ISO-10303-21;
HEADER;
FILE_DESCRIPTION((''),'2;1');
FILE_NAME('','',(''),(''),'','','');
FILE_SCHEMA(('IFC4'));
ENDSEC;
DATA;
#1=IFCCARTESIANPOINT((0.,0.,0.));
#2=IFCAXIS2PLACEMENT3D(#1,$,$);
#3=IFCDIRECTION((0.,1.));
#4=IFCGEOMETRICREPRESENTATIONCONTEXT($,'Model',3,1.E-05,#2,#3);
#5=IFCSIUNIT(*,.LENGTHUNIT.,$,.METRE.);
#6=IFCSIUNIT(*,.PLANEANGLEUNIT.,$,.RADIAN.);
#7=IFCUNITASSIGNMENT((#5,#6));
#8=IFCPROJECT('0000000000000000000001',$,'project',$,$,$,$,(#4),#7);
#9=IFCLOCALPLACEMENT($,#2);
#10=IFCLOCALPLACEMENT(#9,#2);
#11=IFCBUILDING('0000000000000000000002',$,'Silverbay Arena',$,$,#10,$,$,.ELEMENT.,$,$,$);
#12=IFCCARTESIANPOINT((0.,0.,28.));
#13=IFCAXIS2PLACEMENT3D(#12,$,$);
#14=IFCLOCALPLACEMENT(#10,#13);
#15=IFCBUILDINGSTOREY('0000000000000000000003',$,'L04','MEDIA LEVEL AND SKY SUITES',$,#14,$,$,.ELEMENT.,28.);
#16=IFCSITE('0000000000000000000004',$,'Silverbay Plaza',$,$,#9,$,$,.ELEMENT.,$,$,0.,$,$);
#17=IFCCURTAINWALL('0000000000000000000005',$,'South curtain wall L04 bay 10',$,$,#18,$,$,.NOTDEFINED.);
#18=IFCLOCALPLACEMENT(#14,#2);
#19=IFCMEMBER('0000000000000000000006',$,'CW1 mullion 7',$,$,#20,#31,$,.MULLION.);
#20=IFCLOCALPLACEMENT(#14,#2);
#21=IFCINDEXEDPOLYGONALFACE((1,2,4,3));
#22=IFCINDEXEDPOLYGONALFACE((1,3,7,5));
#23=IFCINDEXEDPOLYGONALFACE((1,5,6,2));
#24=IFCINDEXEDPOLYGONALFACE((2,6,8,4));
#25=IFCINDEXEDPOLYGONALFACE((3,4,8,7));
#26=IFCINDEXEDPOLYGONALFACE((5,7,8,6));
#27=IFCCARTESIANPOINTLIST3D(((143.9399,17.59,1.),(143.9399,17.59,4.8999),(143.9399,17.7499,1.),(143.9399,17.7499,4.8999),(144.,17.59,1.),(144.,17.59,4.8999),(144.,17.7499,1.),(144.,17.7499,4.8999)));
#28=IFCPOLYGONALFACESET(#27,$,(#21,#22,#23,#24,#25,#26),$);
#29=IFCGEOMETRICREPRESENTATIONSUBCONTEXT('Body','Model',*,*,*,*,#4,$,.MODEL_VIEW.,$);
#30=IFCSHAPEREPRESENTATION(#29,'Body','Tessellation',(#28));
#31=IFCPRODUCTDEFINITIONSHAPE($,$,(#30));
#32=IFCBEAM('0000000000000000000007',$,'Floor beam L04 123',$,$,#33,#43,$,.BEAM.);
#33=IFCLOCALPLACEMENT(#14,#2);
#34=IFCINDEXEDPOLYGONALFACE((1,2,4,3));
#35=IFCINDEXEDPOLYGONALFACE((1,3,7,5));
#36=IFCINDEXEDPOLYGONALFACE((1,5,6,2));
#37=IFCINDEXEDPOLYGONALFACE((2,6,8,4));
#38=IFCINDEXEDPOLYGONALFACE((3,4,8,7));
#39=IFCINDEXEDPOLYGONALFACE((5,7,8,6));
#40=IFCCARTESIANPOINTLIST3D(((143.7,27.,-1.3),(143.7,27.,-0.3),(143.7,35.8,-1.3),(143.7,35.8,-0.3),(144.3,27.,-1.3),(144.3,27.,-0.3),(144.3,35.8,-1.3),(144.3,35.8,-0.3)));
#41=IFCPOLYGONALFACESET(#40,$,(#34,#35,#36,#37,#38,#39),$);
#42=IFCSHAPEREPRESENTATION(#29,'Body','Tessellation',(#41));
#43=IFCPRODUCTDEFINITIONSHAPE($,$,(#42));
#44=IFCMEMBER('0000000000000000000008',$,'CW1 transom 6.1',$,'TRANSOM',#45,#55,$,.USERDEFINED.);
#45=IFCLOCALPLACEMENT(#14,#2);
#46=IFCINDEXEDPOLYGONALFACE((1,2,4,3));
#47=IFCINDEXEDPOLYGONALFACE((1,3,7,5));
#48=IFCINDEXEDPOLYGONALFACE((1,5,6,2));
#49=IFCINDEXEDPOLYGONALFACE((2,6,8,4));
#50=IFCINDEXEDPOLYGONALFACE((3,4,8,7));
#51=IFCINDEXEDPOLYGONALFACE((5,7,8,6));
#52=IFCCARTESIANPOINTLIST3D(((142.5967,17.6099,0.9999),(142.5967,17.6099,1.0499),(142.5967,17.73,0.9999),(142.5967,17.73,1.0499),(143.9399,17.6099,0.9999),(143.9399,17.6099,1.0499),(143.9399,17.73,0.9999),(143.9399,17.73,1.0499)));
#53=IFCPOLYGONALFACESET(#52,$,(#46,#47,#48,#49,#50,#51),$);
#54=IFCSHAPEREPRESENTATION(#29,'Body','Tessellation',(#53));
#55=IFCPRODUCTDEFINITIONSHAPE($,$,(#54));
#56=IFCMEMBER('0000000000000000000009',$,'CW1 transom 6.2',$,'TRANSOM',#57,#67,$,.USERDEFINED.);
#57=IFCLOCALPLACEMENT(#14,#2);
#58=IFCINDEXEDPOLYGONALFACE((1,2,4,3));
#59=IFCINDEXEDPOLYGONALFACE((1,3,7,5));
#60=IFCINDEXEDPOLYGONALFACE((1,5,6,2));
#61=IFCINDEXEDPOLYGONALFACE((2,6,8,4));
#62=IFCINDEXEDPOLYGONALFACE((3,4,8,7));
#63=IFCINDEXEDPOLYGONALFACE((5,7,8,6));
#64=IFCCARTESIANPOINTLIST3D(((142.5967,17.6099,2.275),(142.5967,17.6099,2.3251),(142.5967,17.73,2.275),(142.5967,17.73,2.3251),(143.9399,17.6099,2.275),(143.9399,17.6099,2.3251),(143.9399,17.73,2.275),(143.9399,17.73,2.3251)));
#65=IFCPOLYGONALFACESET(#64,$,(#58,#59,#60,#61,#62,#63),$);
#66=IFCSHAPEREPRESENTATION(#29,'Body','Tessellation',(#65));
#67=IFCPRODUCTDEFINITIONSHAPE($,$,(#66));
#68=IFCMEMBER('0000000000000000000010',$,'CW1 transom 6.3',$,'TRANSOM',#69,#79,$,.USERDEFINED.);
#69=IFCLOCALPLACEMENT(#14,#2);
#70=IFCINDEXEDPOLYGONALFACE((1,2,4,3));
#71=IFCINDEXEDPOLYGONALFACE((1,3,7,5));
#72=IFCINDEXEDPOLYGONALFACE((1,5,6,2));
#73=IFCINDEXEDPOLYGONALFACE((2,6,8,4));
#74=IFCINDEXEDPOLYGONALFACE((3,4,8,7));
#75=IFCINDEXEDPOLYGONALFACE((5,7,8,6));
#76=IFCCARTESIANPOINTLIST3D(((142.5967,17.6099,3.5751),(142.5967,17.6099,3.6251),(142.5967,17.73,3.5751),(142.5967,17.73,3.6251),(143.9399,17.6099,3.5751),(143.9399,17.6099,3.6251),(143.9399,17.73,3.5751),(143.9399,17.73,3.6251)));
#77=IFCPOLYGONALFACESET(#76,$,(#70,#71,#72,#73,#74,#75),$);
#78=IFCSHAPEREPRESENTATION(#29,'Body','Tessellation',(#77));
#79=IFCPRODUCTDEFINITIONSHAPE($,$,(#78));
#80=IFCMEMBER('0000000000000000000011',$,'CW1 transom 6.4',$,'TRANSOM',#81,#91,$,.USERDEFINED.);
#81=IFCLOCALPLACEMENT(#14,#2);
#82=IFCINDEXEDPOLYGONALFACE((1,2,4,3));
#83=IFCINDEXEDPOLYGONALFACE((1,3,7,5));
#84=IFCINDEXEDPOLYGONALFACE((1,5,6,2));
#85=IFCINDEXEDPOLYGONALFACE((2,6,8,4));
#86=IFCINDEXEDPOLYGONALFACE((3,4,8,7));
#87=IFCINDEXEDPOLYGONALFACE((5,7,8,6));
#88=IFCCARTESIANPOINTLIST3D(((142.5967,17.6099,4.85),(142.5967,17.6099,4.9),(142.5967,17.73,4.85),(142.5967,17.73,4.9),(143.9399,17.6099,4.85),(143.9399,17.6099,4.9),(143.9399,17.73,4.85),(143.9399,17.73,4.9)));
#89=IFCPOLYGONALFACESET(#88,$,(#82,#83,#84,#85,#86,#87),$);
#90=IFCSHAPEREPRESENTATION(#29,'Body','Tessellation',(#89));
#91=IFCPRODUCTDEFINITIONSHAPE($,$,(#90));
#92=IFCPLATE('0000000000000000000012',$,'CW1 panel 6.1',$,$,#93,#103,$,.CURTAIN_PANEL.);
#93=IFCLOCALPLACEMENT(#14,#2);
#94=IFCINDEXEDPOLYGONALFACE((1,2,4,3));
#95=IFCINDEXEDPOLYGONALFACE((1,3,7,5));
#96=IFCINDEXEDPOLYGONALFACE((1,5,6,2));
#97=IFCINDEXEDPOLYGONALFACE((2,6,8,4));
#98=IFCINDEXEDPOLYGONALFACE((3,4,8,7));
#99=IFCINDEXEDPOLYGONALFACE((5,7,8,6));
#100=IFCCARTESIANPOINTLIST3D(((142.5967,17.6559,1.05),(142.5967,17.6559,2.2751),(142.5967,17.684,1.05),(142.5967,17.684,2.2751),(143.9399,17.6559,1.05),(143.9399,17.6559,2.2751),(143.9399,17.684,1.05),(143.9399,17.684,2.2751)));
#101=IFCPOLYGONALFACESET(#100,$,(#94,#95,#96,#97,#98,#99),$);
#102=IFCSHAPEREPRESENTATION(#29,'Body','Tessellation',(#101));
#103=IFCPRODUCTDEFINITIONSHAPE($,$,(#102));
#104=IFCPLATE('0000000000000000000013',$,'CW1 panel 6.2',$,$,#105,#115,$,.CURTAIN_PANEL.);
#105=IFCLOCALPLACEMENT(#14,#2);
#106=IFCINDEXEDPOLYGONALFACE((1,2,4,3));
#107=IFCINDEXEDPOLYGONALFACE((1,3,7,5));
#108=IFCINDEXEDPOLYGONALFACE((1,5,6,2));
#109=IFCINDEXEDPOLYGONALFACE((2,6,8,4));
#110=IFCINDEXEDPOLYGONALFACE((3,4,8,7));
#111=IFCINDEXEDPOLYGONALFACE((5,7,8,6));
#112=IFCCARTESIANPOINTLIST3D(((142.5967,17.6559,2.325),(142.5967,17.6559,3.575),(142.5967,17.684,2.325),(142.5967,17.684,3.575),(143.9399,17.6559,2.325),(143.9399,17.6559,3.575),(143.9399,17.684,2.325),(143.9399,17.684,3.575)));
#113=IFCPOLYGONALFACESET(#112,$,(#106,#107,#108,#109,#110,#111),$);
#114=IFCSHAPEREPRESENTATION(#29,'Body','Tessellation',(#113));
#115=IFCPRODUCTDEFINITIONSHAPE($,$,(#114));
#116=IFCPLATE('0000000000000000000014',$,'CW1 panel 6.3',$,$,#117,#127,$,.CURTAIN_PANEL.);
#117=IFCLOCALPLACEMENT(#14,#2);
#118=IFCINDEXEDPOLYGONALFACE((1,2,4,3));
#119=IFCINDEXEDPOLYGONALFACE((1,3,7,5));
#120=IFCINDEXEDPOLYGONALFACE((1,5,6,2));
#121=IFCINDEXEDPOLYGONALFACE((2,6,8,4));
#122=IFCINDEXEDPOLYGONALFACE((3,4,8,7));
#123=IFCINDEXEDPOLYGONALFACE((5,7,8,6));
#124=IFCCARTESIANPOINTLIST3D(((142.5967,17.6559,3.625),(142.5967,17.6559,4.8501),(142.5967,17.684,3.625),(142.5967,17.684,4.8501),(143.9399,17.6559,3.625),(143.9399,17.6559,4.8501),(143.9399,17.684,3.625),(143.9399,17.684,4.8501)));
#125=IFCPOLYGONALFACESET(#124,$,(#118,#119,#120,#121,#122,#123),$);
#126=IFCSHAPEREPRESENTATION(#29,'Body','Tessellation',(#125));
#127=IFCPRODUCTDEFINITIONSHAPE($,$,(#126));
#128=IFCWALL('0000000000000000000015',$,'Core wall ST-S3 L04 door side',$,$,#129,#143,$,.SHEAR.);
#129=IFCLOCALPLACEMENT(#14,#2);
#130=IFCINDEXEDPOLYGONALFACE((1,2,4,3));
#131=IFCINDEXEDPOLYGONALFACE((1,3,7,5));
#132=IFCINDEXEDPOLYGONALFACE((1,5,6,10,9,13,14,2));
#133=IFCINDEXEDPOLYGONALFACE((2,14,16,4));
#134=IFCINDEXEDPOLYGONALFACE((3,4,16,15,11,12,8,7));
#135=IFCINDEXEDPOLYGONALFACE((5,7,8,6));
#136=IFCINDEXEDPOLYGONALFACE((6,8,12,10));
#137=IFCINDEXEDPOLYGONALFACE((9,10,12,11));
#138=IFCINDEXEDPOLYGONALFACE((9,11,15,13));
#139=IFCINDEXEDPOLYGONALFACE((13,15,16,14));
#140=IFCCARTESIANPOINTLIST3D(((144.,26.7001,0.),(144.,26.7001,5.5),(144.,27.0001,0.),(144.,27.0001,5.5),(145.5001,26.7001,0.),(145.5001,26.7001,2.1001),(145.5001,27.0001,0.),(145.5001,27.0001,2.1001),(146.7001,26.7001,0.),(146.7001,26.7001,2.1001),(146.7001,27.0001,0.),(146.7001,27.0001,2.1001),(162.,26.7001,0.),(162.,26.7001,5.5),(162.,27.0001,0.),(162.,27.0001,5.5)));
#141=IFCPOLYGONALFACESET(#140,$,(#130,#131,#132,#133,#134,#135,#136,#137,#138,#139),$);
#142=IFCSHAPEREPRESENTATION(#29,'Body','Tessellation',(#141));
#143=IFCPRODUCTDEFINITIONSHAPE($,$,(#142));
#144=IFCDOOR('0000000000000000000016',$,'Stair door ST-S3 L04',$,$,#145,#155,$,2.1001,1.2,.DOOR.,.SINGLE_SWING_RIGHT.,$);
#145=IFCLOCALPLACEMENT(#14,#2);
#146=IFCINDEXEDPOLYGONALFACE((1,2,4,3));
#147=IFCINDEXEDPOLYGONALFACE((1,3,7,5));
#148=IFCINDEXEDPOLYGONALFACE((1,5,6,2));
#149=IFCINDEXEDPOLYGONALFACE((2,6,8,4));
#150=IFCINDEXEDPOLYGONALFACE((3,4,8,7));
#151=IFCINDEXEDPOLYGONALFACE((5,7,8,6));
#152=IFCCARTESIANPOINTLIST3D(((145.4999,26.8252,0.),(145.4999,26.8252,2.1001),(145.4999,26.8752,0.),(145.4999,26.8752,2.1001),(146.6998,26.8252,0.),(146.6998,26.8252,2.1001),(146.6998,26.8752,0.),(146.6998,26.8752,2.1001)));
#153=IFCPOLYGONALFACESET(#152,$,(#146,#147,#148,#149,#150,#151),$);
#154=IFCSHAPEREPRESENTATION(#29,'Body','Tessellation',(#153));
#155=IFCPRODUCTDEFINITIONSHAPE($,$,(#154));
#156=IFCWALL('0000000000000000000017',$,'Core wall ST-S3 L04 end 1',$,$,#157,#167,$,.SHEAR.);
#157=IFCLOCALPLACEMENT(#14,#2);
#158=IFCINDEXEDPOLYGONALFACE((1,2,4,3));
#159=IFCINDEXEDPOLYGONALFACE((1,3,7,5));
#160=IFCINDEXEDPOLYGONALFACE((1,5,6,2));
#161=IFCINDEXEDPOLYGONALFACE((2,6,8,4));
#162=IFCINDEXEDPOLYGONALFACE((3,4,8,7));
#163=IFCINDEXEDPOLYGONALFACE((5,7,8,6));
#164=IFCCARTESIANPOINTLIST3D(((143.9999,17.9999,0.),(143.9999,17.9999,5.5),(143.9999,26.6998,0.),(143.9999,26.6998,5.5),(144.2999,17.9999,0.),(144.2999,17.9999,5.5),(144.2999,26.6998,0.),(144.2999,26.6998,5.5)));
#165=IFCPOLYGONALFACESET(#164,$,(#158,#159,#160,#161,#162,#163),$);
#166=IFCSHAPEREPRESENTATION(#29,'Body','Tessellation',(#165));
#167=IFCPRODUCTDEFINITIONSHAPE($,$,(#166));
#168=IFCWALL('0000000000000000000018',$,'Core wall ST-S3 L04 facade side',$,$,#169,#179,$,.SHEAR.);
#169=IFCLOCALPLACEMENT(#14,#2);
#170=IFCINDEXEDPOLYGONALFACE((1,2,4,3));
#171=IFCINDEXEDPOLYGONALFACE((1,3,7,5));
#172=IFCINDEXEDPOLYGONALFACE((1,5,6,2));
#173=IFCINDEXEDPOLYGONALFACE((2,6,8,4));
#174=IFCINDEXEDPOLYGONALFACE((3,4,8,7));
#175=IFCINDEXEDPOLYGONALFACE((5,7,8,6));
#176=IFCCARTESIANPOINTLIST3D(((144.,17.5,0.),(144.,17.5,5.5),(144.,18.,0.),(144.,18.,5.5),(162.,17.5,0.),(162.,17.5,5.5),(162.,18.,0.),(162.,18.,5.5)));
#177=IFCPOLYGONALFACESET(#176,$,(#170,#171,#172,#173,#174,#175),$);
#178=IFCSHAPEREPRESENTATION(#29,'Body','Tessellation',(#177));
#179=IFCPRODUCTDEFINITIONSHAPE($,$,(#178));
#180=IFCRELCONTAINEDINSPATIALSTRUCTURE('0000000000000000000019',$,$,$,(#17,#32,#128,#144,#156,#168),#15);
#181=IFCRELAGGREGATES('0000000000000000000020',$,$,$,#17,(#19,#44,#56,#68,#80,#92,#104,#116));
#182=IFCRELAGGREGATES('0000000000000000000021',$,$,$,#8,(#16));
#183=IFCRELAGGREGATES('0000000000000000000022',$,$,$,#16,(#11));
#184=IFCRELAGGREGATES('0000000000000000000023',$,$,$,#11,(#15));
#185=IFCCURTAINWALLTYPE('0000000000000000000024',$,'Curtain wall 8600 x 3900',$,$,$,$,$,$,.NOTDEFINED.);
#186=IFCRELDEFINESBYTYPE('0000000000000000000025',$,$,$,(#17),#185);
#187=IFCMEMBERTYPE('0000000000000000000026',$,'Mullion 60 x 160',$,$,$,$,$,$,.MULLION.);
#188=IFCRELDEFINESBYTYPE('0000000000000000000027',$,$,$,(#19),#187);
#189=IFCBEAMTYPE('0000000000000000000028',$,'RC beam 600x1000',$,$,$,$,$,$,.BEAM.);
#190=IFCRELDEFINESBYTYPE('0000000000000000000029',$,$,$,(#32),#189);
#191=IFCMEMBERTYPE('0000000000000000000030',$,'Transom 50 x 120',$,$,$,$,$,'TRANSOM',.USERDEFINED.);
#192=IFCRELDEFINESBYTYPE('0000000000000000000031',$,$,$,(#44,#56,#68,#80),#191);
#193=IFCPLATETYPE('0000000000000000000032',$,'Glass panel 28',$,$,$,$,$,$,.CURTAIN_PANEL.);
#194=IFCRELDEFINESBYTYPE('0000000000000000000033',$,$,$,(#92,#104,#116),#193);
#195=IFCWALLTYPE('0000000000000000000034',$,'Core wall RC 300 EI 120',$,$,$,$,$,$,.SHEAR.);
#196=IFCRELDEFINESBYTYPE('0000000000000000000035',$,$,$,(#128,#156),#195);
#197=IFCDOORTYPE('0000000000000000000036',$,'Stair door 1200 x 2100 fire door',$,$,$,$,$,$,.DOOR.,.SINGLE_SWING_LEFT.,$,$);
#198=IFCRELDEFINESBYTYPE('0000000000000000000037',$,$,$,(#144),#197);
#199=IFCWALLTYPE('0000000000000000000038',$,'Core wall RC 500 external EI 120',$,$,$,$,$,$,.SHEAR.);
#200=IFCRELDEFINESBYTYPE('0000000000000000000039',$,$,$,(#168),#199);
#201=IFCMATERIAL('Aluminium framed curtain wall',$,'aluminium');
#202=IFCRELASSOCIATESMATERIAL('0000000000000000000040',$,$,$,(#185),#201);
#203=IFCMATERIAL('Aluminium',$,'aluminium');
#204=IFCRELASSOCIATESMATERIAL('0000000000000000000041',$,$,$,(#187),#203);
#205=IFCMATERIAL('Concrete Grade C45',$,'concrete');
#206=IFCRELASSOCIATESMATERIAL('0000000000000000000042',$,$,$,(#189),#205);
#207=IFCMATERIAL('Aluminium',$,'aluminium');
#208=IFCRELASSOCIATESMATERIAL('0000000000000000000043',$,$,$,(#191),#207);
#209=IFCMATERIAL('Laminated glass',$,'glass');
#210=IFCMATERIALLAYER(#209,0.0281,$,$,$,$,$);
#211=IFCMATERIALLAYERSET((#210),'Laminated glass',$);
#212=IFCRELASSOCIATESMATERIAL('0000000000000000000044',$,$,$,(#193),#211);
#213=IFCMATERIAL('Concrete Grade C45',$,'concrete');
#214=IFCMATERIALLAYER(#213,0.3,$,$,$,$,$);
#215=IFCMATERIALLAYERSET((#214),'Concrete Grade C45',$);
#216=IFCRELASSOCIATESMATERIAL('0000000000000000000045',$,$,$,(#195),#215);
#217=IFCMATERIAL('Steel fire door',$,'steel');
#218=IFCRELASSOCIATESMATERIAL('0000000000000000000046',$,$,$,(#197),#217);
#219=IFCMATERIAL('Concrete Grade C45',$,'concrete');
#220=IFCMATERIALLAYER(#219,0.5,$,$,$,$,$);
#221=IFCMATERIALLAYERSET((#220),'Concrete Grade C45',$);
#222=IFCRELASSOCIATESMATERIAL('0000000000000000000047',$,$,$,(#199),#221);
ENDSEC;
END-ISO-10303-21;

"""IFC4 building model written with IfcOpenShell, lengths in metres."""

from ifc_helpers import new_model, si_unit, direction, frame, frame_2d, origin, origin_2d, place, context, subcontext, project, spatial, rectangle, extrude, material, layer, layer_set, material_profile, profile_set, type_object, element, fill, aggregate, save


model = new_model("IFC4")

# Units and contexts
model_context = context("Model", 3, precision=1e-05, world=origin(), true_north=direction((0.0, 1.0)))
body_context = subcontext(model_context, "Body", "Model", "MODEL_VIEW")
ifc_project = project(units=[si_unit("LENGTHUNIT", "METRE"), si_unit("PLANEANGLEUNIT", "RADIAN")], contexts=[model_context])

# Site, building, storey
site_placement = place(None, origin())
site = spatial("IfcSite", under=ifc_project, at=site_placement, Name="Silverbay Plaza", CompositionType="ELEMENT", RefElevation=0.0)
building_placement = place(site_placement, origin())
building = spatial("IfcBuilding", under=site, at=building_placement, Name="Silverbay Arena", CompositionType="ELEMENT")
storey_placement = place(building_placement, frame((0.0, 0.0, 28.0)))
storey = spatial("IfcBuildingStorey", under=building, at=storey_placement, Name="L04", Description="MEDIA LEVEL AND SKY SUITES", CompositionType="ELEMENT", Elevation=28.0)

# Curtain wall, member
ifc_material_1 = material(Name="Aluminium framed curtain wall", Category="aluminium")
curtain_wall_type = type_object("IfcCurtainWallType", Name="Curtain wall 8600 x 3900", PredefinedType="NOTDEFINED", material=ifc_material_1)
curtain_wall_placement = place(storey_placement, origin())
curtain_wall = element("IfcCurtainWall", 1, at=curtain_wall_placement, inside=storey, type_object=curtain_wall_type, Name="South curtain wall L04 bay 10", PredefinedType="NOTDEFINED")
ifc_material_2 = material(Name="Aluminium", Category="aluminium")
ifc_material_profile_1 = material_profile(ifc_material_2, rectangle(XDim=0.1599, YDim=0.0601, at=origin_2d()), Name="Mullion 60 x 160")
ifc_profile_set_1 = profile_set([ifc_material_profile_1], Name="Aluminium")
member_type_1 = type_object("IfcMemberType", Name="Mullion 60 x 160", PredefinedType="MULLION", material=ifc_profile_set_1)
member_1_placement = place(storey_placement, frame((143.97, 17.6699, 1.0), z_axis=(0.0, 0.0, 1.0), x_axis=(0.0, 1.0, 0.0)))
member_1 = element("IfcMember", 2, at=member_1_placement, type_object=member_type_1, Name="CW1 mullion 7", PredefinedType="MULLION", context=body_context, shape_type="SweptSolid", body=[
    extrude(rectangle(XDim=0.1599, YDim=0.0601, at=origin_2d()), origin(), (0.0, 0.0, 1.0), 3.8999),
])

# Beam
ifc_material_3 = material(Name="Concrete Grade C45", Category="concrete")
ifc_material_profile_2 = material_profile(ifc_material_3, rectangle(XDim=0.6001, YDim=1.0, at=origin_2d()), Name="RC 600x1000")
ifc_profile_set_2 = profile_set([ifc_material_profile_2], Name="Concrete Grade C45")
beam_type = type_object("IfcBeamType", Name="RC beam 600x1000", PredefinedType="BEAM", material=ifc_profile_set_2)
beam_placement = place(storey_placement, frame((144.0, 27.0, -0.8), z_axis=(0.0, 1.0, 0.0), x_axis=(-1.0, 0.0, 0.0)))
element("IfcBeam", 3, at=beam_placement, inside=storey, type_object=beam_type, Name="Floor beam L04 123", PredefinedType="BEAM", context=body_context, shape_type="SweptSolid", body=[
    extrude(rectangle(XDim=0.6001, YDim=1.0, at=origin_2d()), origin(), (0.0, 0.0, 1.0), 8.8),
])

# Members
ifc_material_4 = material(Name="Aluminium", Category="aluminium")
ifc_material_profile_3 = material_profile(ifc_material_4, rectangle(XDim=0.1201, YDim=0.05, at=origin_2d()), Name="Transom 50 x 120")
ifc_profile_set_3 = profile_set([ifc_material_profile_3], Name="Aluminium")
member_type_2 = type_object("IfcMemberType", Name="Transom 50 x 120", ElementType="TRANSOM", PredefinedType="USERDEFINED", material=ifc_profile_set_3)
member_2_placement = place(storey_placement, frame((142.5967, 17.6699, 1.0249), z_axis=(1.0, 0.0, 0.0), x_axis=(0.0, 1.0, 0.0)))
member_2 = element("IfcMember", 4, at=member_2_placement, type_object=member_type_2, Name="CW1 transom 6.1", ObjectType="TRANSOM", PredefinedType="USERDEFINED", context=body_context, shape_type="SweptSolid", body=[
    extrude(rectangle(XDim=0.1201, YDim=0.05, at=origin_2d()), origin(), (0.0, 0.0, 1.0), 1.3433),
])
member_3_placement = place(storey_placement, frame((142.5967, 17.6699, 2.3), z_axis=(1.0, 0.0, 0.0), x_axis=(0.0, 1.0, 0.0)))
member_3 = element("IfcMember", 5, at=member_3_placement, type_object=member_type_2, Name="CW1 transom 6.2", ObjectType="TRANSOM", PredefinedType="USERDEFINED", context=body_context, shape_type="SweptSolid", body=[
    extrude(rectangle(XDim=0.1201, YDim=0.05, at=origin_2d()), origin(), (0.0, 0.0, 1.0), 1.3433),
])
member_4_placement = place(storey_placement, frame((142.5967, 17.6699, 3.6001), z_axis=(1.0, 0.0, 0.0), x_axis=(0.0, 1.0, 0.0)))
member_4 = element("IfcMember", 6, at=member_4_placement, type_object=member_type_2, Name="CW1 transom 6.3", ObjectType="TRANSOM", PredefinedType="USERDEFINED", context=body_context, shape_type="SweptSolid", body=[
    extrude(rectangle(XDim=0.1201, YDim=0.05, at=origin_2d()), origin(), (0.0, 0.0, 1.0), 1.3433),
])
member_5_placement = place(storey_placement, frame((142.5967, 17.6699, 4.875), z_axis=(1.0, 0.0, 0.0), x_axis=(0.0, 1.0, 0.0)))
member_5 = element("IfcMember", 7, at=member_5_placement, type_object=member_type_2, Name="CW1 transom 6.4", ObjectType="TRANSOM", PredefinedType="USERDEFINED", context=body_context, shape_type="SweptSolid", body=[
    extrude(rectangle(XDim=0.1201, YDim=0.05, at=origin_2d()), origin(), (0.0, 0.0, 1.0), 1.3433),
])

# Plates
ifc_material_5 = material(Name="Laminated glass", Category="glass")
ifc_layer_1 = layer(ifc_material_5, 0.0281)
ifc_layer_set_1 = layer_set([ifc_layer_1], Name="Laminated glass")
plate_type = type_object("IfcPlateType", Name="Glass panel 28", PredefinedType="CURTAIN_PANEL", material=ifc_layer_set_1)
plate_1_placement = place(storey_placement, frame((143.2683, 17.6699, 1.05), z_axis=(0.0, 0.0, 1.0), x_axis=(1.0, 0.0, 0.0)))
plate_1 = element("IfcPlate", 8, at=plate_1_placement, type_object=plate_type, Name="CW1 panel 6.1", PredefinedType="CURTAIN_PANEL", context=body_context, shape_type="SweptSolid", body=[
    extrude(rectangle(XDim=1.3433, YDim=0.0281, at=origin_2d()), origin(), (0.0, 0.0, 1.0), 1.2251),
])
plate_2_placement = place(storey_placement, frame((143.2683, 17.6699, 2.325), z_axis=(0.0, 0.0, 1.0), x_axis=(1.0, 0.0, 0.0)))
plate_2 = element("IfcPlate", 9, at=plate_2_placement, type_object=plate_type, Name="CW1 panel 6.2", PredefinedType="CURTAIN_PANEL", context=body_context, shape_type="SweptSolid", body=[
    extrude(rectangle(XDim=1.3433, YDim=0.0281, at=origin_2d()), origin(), (0.0, 0.0, 1.0), 1.25),
])
plate_3_placement = place(storey_placement, frame((143.2683, 17.6699, 3.625), z_axis=(0.0, 0.0, 1.0), x_axis=(1.0, 0.0, 0.0)))
plate_3 = element("IfcPlate", 10, at=plate_3_placement, type_object=plate_type, Name="CW1 panel 6.3", PredefinedType="CURTAIN_PANEL", context=body_context, shape_type="SweptSolid", body=[
    extrude(rectangle(XDim=1.3433, YDim=0.0281, at=origin_2d()), origin(), (0.0, 0.0, 1.0), 1.2251),
])
aggregate(curtain_wall, [member_1, member_2, member_3, member_4, member_5, plate_1, plate_2, plate_3])

# Wall, opening, door
ifc_material_6 = material(Name="Concrete Grade C45", Category="concrete")
ifc_layer_2 = layer(ifc_material_6, 0.3)
ifc_layer_set_2 = layer_set([ifc_layer_2], Name="Concrete Grade C45")
wall_type_1 = type_object("IfcWallType", Name="Core wall RC 300 EI 120", PredefinedType="SHEAR", material=ifc_layer_set_2)
wall_1_placement = place(storey_placement, frame((144.0, 26.8501, 0.0), z_axis=(0.0, 0.0, 1.0), x_axis=(1.0, 0.0, 0.0)))
wall_1 = element("IfcWall", 11, at=wall_1_placement, inside=storey, type_object=wall_type_1, Name="Core wall ST-S3 L04 door side", PredefinedType="SHEAR", context=body_context, shape_type="SweptSolid", body=[
    extrude(rectangle(XDim=18.0, YDim=0.3, at=frame_2d((9.0, 0.0))), origin(), (0.0, 0.0, 1.0), 5.5),
])
opening_placement = place(wall_1_placement, frame((1.5, 0.0, 0.0)))
opening = element("IfcOpeningElement", 12, at=opening_placement, cuts=wall_1, PredefinedType="OPENING", context=body_context, shape_type="SweptSolid", body=[
    extrude(rectangle(XDim=1.2, YDim=2.1001, at=frame_2d((0.6001, 1.05))), frame((0.0, 0.1602, 0.0), z_axis=(0.0, -1.0, 0.0), x_axis=(1.0, 0.0, 0.0)), (0.0, 0.0, 1.0), 0.3201),
])
ifc_material_7 = material(Name="Steel fire door", Category="steel")
door_type = type_object("IfcDoorType", Name="Stair door 1200 x 2100 fire door", OperationType="SINGLE_SWING_LEFT", PredefinedType="DOOR", material=ifc_material_7)
door_placement = place(opening_placement, frame((1.2, 0.0, 0.0), z_axis=(0.0, 0.0, 1.0), x_axis=(-1.0, 0.0, 0.0)))
door = element("IfcDoor", 13, at=door_placement, inside=storey, type_object=door_type, Name="Stair door ST-S3 L04", OperationType="SINGLE_SWING_RIGHT", OverallHeight=2.1001, OverallWidth=1.2, PredefinedType="DOOR", context=body_context, shape_type="SweptSolid", body=[
    extrude(rectangle(XDim=1.2, YDim=2.1001, at=frame_2d((0.6001, 1.05))), frame((0.0, 0.0249, 0.0), z_axis=(0.0, -1.0, 0.0), x_axis=(1.0, 0.0, 0.0)), (0.0, 0.0, 1.0), 0.05),
])
fill(opening, door)

# Walls
wall_2_placement = place(storey_placement, frame((144.1499, 26.7, 0.0), z_axis=(0.0, 0.0, 1.0), x_axis=(0.0, -1.0, 0.0)))
element("IfcWall", 14, at=wall_2_placement, inside=storey, type_object=wall_type_1, Name="Core wall ST-S3 L04 end 1", PredefinedType="SHEAR", context=body_context, shape_type="SweptSolid", body=[
    extrude(rectangle(XDim=8.7, YDim=0.3, at=frame_2d((4.3501, 0.0))), origin(), (0.0, 0.0, 1.0), 5.5),
])
ifc_material_8 = material(Name="Concrete Grade C45", Category="concrete")
ifc_layer_3 = layer(ifc_material_8, 0.5)
ifc_layer_set_3 = layer_set([ifc_layer_3], Name="Concrete Grade C45")
wall_type_2 = type_object("IfcWallType", Name="Core wall RC 500 external EI 120", PredefinedType="SHEAR", material=ifc_layer_set_3)
wall_3_placement = place(storey_placement, frame((144.0, 17.75, 0.0), z_axis=(0.0, 0.0, 1.0), x_axis=(1.0, 0.0, 0.0)))
element("IfcWall", 15, at=wall_3_placement, inside=storey, type_object=wall_type_2, Name="Core wall ST-S3 L04 facade side", PredefinedType="SHEAR", context=body_context, shape_type="SweptSolid", body=[
    extrude(rectangle(XDim=18.0, YDim=0.5, at=frame_2d((9.0, 0.0))), origin(), (0.0, 0.0, 1.0), 5.5),
])

save(model, "model.ifc")
